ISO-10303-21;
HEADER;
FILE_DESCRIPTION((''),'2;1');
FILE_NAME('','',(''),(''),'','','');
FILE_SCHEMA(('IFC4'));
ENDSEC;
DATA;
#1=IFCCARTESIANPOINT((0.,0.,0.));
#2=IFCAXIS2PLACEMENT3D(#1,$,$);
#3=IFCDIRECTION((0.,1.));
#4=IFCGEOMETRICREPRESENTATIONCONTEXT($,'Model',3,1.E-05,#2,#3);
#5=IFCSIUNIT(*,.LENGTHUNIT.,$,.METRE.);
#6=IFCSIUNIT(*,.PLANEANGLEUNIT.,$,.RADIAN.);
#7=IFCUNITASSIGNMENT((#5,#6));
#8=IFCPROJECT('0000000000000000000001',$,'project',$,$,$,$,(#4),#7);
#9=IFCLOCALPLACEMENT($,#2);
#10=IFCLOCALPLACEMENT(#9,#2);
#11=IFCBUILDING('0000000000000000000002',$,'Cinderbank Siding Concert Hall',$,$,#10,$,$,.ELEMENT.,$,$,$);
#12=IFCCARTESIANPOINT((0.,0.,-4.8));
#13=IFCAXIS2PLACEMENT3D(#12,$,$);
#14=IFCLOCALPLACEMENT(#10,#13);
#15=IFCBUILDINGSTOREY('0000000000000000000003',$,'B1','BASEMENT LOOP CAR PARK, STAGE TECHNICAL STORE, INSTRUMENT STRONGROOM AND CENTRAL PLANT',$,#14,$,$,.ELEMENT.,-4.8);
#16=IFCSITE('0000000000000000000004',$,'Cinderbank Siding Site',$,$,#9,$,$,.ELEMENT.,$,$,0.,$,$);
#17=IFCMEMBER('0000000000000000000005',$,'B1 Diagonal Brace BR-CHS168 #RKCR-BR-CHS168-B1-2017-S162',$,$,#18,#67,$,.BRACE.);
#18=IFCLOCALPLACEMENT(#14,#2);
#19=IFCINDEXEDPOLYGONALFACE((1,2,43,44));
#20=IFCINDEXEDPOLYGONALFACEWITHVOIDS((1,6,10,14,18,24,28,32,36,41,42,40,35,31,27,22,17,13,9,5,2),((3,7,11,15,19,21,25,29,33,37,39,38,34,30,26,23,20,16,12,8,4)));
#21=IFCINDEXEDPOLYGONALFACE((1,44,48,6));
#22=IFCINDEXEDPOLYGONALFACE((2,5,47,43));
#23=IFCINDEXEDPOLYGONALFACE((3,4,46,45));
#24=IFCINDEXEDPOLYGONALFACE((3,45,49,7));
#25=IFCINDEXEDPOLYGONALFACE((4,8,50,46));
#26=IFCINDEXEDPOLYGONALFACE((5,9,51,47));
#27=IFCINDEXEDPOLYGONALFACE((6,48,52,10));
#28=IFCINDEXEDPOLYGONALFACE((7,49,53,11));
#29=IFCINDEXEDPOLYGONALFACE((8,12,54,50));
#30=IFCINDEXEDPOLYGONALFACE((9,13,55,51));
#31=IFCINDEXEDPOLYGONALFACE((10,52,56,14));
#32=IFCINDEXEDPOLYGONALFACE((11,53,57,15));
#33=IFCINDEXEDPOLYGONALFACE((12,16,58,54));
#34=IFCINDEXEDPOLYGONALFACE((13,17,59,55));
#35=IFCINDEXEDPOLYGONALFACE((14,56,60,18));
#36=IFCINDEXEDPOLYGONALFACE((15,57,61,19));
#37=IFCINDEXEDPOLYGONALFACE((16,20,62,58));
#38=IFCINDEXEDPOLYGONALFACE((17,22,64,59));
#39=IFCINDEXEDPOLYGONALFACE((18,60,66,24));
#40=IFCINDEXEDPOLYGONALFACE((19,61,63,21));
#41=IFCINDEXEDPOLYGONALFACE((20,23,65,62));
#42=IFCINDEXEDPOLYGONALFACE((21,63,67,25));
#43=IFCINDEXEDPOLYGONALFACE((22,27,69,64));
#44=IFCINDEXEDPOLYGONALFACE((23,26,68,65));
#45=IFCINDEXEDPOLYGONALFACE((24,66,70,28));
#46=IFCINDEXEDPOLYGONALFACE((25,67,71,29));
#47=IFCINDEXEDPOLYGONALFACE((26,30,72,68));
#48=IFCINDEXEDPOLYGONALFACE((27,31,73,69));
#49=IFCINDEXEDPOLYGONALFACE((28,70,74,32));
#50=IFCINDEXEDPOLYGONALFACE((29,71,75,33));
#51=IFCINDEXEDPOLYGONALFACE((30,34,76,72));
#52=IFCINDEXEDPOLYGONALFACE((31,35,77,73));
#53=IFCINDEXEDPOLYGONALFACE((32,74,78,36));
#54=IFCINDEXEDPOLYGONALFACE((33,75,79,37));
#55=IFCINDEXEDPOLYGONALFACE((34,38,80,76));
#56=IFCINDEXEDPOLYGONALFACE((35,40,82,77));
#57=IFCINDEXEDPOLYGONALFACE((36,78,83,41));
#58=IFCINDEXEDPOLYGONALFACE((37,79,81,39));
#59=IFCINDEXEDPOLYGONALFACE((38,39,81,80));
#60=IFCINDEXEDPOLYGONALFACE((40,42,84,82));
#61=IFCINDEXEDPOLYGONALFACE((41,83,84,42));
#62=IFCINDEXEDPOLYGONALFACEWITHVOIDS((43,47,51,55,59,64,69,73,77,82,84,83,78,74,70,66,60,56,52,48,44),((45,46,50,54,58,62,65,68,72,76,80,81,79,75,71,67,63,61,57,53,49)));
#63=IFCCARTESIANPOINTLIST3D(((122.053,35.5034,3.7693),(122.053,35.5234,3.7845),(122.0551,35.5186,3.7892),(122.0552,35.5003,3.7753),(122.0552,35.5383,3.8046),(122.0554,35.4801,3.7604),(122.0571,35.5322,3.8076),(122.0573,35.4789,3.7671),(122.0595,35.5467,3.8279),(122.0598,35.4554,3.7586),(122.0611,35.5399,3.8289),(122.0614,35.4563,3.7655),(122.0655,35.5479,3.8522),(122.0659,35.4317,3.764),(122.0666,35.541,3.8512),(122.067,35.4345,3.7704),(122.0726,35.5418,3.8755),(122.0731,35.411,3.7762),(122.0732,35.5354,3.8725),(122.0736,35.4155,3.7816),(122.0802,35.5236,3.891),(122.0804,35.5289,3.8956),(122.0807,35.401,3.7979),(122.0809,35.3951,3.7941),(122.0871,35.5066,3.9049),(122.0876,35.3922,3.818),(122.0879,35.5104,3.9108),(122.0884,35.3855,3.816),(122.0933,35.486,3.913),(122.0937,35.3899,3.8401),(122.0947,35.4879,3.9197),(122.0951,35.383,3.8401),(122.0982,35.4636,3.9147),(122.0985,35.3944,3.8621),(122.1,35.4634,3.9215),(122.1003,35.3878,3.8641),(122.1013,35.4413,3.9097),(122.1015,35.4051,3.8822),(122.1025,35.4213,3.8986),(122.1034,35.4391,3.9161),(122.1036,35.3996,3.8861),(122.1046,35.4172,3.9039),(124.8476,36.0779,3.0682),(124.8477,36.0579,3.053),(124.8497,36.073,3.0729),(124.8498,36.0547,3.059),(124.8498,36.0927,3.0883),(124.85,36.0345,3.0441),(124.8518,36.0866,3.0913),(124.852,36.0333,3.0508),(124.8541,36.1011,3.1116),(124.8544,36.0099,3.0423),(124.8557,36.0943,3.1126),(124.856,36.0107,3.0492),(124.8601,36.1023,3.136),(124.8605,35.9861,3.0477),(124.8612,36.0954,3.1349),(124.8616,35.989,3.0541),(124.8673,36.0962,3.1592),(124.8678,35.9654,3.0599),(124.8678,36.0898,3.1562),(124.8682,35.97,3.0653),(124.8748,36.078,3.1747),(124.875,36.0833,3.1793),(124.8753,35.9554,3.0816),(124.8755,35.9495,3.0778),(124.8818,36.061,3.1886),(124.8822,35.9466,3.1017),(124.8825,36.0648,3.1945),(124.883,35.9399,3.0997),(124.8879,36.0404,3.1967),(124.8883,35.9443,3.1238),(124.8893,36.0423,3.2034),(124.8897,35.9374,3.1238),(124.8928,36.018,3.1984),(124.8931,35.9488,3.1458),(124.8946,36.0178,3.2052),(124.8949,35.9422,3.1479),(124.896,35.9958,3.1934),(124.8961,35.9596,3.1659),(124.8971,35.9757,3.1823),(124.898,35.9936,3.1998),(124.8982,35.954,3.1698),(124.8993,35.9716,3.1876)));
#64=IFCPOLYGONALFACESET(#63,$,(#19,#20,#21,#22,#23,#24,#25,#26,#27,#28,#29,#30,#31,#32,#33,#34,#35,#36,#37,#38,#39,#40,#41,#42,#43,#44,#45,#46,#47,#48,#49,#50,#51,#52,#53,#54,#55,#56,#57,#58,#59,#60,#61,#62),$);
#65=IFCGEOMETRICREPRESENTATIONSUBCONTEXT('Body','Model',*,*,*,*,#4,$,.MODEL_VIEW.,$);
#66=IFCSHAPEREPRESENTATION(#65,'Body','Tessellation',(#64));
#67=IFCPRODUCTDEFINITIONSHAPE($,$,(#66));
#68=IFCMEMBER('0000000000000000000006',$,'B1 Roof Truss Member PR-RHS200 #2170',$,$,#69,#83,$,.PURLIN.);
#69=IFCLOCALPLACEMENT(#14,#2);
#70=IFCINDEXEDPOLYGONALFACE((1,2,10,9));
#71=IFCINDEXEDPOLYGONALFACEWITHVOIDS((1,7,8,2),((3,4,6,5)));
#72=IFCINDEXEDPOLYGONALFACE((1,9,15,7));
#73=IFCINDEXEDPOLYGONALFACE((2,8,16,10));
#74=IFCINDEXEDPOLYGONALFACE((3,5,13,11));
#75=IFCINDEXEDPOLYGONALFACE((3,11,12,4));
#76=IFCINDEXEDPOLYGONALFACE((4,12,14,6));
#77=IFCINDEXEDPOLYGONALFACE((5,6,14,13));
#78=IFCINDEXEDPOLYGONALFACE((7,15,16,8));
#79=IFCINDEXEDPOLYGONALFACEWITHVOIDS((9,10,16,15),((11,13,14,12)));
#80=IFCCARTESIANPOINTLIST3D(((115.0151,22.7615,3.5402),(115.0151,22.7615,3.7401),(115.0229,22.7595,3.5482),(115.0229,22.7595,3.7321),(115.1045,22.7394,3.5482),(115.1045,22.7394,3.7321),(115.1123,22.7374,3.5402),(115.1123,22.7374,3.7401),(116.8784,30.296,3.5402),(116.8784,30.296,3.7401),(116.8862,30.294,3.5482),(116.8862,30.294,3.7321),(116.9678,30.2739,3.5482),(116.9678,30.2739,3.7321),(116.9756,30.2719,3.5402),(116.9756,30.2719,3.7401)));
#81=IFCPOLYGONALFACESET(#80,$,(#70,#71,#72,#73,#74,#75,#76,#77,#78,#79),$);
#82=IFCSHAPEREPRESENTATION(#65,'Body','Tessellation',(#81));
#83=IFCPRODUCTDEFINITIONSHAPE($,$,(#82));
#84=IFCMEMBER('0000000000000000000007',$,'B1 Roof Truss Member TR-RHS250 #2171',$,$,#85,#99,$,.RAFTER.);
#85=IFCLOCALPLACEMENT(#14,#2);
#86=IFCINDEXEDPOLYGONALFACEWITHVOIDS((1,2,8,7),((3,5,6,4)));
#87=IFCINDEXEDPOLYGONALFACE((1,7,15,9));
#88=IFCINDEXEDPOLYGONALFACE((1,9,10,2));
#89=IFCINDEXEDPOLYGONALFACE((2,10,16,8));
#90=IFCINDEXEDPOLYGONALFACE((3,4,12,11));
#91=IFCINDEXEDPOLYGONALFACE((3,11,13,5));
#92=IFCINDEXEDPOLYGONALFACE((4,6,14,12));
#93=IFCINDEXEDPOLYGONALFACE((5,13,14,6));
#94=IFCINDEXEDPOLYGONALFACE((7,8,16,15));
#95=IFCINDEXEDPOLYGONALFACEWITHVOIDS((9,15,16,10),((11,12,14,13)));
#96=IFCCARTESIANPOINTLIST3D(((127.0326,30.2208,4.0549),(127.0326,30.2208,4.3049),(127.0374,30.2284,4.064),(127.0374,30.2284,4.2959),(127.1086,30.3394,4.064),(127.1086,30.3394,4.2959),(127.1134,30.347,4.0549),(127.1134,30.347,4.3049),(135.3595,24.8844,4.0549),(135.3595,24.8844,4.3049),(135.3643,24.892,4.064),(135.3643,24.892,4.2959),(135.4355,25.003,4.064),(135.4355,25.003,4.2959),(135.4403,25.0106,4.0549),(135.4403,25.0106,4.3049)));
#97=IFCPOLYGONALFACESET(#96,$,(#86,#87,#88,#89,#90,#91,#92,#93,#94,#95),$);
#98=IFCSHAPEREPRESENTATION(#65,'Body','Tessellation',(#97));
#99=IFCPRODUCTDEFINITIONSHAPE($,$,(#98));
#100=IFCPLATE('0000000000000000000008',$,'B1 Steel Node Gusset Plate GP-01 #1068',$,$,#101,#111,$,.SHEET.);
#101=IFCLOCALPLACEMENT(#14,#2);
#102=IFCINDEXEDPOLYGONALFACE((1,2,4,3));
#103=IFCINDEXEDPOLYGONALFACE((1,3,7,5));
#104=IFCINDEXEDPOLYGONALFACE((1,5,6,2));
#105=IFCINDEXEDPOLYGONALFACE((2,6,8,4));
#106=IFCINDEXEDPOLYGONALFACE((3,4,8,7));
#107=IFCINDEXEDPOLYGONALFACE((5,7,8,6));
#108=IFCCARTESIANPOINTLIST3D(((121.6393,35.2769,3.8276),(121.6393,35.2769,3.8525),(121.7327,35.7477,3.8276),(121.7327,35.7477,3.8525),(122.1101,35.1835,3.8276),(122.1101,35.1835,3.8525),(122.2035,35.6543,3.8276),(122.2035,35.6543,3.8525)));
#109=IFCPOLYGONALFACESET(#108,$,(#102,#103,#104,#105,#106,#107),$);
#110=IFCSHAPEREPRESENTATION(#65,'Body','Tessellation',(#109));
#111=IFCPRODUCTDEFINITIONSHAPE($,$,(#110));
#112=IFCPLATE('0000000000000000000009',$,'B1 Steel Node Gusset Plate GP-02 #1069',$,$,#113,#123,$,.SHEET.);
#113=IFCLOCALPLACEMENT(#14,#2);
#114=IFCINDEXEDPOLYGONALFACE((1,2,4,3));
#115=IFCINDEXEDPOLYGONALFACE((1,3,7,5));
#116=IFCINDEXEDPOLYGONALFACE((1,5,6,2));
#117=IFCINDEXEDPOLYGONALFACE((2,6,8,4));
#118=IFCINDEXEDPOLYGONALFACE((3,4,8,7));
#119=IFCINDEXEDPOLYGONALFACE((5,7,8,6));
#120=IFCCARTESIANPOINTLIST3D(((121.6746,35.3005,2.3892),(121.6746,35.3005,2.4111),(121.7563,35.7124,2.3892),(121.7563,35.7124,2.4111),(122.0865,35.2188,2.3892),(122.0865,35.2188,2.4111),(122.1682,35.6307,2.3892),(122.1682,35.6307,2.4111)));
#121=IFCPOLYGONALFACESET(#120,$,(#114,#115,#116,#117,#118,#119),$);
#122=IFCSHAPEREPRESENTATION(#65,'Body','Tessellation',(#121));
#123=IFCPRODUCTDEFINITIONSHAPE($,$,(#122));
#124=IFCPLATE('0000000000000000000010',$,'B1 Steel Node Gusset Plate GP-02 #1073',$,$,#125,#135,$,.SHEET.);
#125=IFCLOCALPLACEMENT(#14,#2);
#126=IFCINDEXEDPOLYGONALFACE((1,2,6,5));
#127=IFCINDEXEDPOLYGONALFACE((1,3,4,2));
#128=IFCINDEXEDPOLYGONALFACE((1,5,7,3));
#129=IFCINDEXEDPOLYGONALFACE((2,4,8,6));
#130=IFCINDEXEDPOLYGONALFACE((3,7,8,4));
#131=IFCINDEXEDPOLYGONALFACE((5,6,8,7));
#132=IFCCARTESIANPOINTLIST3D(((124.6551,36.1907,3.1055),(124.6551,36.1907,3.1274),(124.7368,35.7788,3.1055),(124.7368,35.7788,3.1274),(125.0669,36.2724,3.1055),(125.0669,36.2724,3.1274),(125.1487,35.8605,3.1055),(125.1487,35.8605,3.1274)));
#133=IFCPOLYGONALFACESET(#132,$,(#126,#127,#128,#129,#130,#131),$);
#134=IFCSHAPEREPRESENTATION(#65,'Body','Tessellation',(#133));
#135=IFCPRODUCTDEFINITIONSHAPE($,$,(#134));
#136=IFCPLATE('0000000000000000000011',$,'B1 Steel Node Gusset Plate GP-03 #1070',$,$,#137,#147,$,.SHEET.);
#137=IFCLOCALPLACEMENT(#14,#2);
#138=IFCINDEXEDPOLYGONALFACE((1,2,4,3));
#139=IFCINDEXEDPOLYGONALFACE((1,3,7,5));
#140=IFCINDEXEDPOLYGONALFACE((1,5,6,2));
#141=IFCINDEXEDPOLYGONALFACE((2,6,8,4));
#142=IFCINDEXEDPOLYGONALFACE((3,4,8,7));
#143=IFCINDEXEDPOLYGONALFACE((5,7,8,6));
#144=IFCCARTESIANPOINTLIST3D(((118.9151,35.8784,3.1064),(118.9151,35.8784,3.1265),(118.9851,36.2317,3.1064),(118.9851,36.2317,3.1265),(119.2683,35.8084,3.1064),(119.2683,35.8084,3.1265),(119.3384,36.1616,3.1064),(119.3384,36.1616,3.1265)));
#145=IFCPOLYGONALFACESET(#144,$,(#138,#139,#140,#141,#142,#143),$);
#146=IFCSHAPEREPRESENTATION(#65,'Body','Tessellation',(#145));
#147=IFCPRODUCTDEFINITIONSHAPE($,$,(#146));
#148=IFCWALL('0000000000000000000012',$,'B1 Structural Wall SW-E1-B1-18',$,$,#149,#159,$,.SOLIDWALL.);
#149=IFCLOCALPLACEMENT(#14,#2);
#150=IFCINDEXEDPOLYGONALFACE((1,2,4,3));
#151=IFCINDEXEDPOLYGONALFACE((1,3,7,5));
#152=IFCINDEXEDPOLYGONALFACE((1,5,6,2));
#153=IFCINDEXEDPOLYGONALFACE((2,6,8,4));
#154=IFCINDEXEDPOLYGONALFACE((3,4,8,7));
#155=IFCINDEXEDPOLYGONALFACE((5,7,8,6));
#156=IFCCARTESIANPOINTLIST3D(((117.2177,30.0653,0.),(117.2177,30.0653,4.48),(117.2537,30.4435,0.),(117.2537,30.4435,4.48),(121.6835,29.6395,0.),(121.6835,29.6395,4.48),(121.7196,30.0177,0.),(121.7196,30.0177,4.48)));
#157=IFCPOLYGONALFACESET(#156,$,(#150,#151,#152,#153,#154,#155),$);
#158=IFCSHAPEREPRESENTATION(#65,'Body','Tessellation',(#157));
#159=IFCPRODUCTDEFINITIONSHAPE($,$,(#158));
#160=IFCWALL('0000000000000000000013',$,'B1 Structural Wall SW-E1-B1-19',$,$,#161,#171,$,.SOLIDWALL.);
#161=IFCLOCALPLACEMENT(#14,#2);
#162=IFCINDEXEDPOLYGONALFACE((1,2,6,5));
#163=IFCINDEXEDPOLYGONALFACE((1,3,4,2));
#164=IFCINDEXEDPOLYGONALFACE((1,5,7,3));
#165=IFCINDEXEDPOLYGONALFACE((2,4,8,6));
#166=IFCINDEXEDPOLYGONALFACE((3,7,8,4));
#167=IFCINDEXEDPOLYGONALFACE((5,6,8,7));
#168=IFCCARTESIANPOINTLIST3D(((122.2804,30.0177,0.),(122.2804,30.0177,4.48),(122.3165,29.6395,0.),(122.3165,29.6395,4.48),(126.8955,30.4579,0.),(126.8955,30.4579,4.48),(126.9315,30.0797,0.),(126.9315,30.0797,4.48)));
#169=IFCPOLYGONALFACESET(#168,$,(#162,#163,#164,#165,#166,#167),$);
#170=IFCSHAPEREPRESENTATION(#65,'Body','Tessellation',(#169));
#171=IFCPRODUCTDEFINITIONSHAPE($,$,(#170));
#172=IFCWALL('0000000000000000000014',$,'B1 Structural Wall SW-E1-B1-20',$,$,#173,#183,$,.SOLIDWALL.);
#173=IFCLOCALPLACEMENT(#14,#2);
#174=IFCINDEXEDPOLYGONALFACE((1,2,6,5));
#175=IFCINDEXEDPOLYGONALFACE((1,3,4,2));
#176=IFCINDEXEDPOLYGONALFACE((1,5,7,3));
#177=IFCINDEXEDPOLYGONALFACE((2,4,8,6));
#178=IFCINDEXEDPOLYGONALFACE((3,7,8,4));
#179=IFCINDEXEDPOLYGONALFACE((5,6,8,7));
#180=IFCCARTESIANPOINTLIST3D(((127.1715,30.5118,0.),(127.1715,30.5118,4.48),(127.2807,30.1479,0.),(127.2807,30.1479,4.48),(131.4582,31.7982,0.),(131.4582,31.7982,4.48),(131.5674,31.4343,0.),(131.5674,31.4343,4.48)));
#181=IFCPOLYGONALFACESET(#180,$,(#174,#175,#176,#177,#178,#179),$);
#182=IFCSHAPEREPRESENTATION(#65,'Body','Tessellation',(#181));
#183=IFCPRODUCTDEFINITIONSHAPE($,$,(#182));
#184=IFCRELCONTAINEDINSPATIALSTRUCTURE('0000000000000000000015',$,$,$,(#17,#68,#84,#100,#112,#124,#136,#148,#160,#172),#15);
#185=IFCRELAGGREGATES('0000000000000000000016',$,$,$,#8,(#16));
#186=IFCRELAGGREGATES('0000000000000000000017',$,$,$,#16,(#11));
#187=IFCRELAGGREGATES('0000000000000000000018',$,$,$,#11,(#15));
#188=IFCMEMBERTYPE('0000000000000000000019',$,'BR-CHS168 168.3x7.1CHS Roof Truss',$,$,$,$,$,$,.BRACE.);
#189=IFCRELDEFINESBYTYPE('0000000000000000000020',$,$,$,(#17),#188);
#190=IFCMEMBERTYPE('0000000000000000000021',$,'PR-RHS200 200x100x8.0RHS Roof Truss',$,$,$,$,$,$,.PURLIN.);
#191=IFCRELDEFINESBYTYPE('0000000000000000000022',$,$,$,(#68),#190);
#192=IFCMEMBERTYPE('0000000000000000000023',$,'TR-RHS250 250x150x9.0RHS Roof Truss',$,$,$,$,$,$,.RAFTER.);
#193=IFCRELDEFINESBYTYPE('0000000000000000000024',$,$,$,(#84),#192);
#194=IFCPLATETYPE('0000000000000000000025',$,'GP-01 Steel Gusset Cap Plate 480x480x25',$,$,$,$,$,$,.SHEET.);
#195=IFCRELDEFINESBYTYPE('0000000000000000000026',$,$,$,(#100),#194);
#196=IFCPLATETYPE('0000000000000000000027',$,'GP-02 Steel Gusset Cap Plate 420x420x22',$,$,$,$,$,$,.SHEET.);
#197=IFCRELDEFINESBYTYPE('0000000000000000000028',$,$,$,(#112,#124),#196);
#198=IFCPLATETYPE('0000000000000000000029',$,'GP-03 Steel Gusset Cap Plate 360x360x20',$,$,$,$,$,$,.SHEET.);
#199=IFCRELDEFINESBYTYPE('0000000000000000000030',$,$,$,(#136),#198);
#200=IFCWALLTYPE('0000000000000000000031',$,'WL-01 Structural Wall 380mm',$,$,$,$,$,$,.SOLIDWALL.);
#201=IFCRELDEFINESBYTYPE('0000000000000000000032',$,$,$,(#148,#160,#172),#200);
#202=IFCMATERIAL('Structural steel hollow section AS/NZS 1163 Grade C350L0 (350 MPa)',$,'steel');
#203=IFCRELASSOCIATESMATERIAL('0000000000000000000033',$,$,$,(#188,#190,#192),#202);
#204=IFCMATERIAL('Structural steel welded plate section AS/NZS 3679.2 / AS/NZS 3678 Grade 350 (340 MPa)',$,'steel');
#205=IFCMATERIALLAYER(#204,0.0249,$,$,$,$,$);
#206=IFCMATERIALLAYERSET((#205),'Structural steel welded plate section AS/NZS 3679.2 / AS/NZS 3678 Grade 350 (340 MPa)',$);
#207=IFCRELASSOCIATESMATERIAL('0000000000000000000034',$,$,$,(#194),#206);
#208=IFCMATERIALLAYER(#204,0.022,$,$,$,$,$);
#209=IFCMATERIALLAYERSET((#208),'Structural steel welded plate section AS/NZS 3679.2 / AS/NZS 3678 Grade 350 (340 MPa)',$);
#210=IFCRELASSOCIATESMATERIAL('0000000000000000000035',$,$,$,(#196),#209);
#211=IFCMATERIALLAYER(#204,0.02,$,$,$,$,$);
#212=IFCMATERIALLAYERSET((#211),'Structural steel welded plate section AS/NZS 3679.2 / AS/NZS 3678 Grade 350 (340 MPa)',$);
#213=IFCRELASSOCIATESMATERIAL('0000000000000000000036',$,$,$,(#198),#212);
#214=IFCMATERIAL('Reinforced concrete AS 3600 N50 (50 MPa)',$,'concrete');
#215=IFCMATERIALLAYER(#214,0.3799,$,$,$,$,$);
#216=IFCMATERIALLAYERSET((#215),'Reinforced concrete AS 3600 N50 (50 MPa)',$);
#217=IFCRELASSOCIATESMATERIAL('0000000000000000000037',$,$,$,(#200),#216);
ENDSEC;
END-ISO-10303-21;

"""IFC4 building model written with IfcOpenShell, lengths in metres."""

from ifc_helpers import new_model, si_unit, direction, frame, frame_2d, origin, origin_2d, place, context, subcontext, project, spatial, rectangle, hollow_rectangle, hollow_circle, extrude, material, layer, layer_set, material_profile, profile_set, type_object, element, save


model = new_model("IFC4")

# Units and contexts
model_context = context("Model", 3, precision=1e-05, world=origin(), true_north=direction((0.0, 1.0)))
body_context = subcontext(model_context, "Body", "Model", "MODEL_VIEW")
ifc_project = project(units=[si_unit("LENGTHUNIT", "METRE"), si_unit("PLANEANGLEUNIT", "RADIAN")], contexts=[model_context])

# Site, building, storey
site_placement = place(None, origin())
site = spatial("IfcSite", under=ifc_project, at=site_placement, Name="Cinderbank Siding Site", CompositionType="ELEMENT", RefElevation=0.0)
building_placement = place(site_placement, origin())
building = spatial("IfcBuilding", under=site, at=building_placement, Name="Cinderbank Siding Concert Hall", CompositionType="ELEMENT")
storey_placement = place(building_placement, frame((0.0, 0.0, -4.8)))
storey = spatial("IfcBuildingStorey", under=building, at=storey_placement, Name="B1", Description="BASEMENT LOOP CAR PARK, STAGE TECHNICAL STORE, INSTRUMENT STRONGROOM AND CENTRAL PLANT", CompositionType="ELEMENT", Elevation=-4.8)

# Shared definitions
ifc_material_1 = material(Name="Reinforced concrete AS 3600 N50 (50 MPa)", Category="concrete")
ifc_material_2 = material(Name="Structural steel welded plate section AS/NZS 3679.2 / AS/NZS 3678 Grade 350 (340 MPa)", Category="steel")

# Members
ifc_material_3 = material(Name="Structural steel hollow section AS/NZS 1163 Grade C350L0 (350 MPa)", Category="steel")
ifc_material_profile_1 = material_profile(ifc_material_3, hollow_circle(Radius=0.0842, WallThickness=0.0071, at=origin_2d()), Name="168.3x7.1CHS", Category="LoadBearing")
ifc_profile_set_1 = profile_set([ifc_material_profile_1], Name="Structural steel hollow section AS/NZS 1163 Grade C350L0 (350 MPa)")
member_type_1 = type_object("IfcMemberType", Name="BR-CHS168 168.3x7.1CHS Roof Truss", PredefinedType="BRACE", material=ifc_profile_set_1)
for number, where, z_axis, x_axis, name in (
    (1, (124.8733, 36.02, 3.1238), (-0.951279, -0.188727, 0.243824), (0.1946, -0.980883, 0.0), "B1 Diagonal Brace BR-CHS168 #RKCR-BR-CHS168-B1-2017-S162"),
):
    element("IfcMember", number, at=place(storey_placement, frame(where, z_axis=z_axis, x_axis=x_axis)), inside=storey, type_object=member_type_1, Name=name, PredefinedType="BRACE", context=body_context, shape_type="SweptSolid", body=[
        extrude(hollow_circle(Radius=0.0842, WallThickness=0.0071, at=origin_2d()), origin(), (0.0, 0.0, 1.0), 2.9377),
    ])
ifc_material_profile_2 = material_profile(ifc_material_3, hollow_rectangle(XDim=0.1001, YDim=0.2, WallThickness=0.0081, at=origin_2d()), Name="200x100x8.0RHS", Category="LoadBearing")
ifc_profile_set_2 = profile_set([ifc_material_profile_2], Name="Structural steel hollow section AS/NZS 1163 Grade C350L0 (350 MPa)")
member_type_2 = type_object("IfcMemberType", Name="PR-RHS200 200x100x8.0RHS Roof Truss", PredefinedType="PURLIN", material=ifc_profile_set_2)
member_1_placement = place(storey_placement, frame((116.927, 30.2839, 3.6401), z_axis=(-0.24007, -0.970756, 0.0), x_axis=(0.970756, -0.24007, 0.0)))
element("IfcMember", 2, at=member_1_placement, inside=storey, type_object=member_type_2, Name="B1 Roof Truss Member PR-RHS200 #2170", PredefinedType="PURLIN", context=body_context, shape_type="SweptSolid", body=[
    extrude(hollow_rectangle(XDim=0.1001, YDim=0.2, WallThickness=0.0081, at=origin_2d()), origin(), (0.0, 0.0, 1.0), 7.7615),
])
ifc_material_profile_3 = material_profile(ifc_material_3, hollow_rectangle(XDim=0.1499, YDim=0.25, WallThickness=0.009, at=origin_2d()), Name="250x150x9.0RHS", Category="LoadBearing")
ifc_profile_set_3 = profile_set([ifc_material_profile_3], Name="Structural steel hollow section AS/NZS 1163 Grade C350L0 (350 MPa)")
member_type_3 = type_object("IfcMemberType", Name="TR-RHS250 250x150x9.0RHS Roof Truss", PredefinedType="RAFTER", material=ifc_profile_set_3)
member_2_placement = place(storey_placement, frame((127.073, 30.2839, 4.1799), z_axis=(0.84194, -0.539571, 0.0), x_axis=(0.539571, 0.84194, 0.0)))
element("IfcMember", 3, at=member_2_placement, inside=storey, type_object=member_type_3, Name="B1 Roof Truss Member TR-RHS250 #2171", PredefinedType="RAFTER", context=body_context, shape_type="SweptSolid", body=[
    extrude(hollow_rectangle(XDim=0.1499, YDim=0.25, WallThickness=0.009, at=origin_2d()), origin(), (0.0, 0.0, 1.0), 9.8901),
])

# Plates
ifc_layer_1 = layer(ifc_material_2, 0.0249)
ifc_layer_set_1 = layer_set([ifc_layer_1], Name="Structural steel welded plate section AS/NZS 3679.2 / AS/NZS 3678 Grade 350 (340 MPa)")
plate_type_1 = type_object("IfcPlateType", Name="GP-01 Steel Gusset Cap Plate 480x480x25", PredefinedType="SHEET", material=ifc_layer_set_1)
plate_1_placement = place(storey_placement, frame((121.9214, 35.4656, 3.8276), z_axis=(0.0, 0.0, 1.0), x_axis=(0.980887, -0.194577, 0.0)))
element("IfcPlate", 4, at=plate_1_placement, inside=storey, type_object=plate_type_1, Name="B1 Steel Node Gusset Plate GP-01 #1068", PredefinedType="SHEET", context=body_context, shape_type="SweptSolid", body=[
    extrude(rectangle(XDim=0.48, YDim=0.48, at=origin_2d()), origin(), (0.0, 0.0, 1.0), 0.0249),
])
ifc_layer_2 = layer(ifc_material_2, 0.022)
ifc_layer_set_2 = layer_set([ifc_layer_2], Name="Structural steel welded plate section AS/NZS 3679.2 / AS/NZS 3678 Grade 350 (340 MPa)")
plate_type_2 = type_object("IfcPlateType", Name="GP-02 Steel Gusset Cap Plate 420x420x22", PredefinedType="SHEET", material=ifc_layer_set_2)
for number, where, z_axis, x_axis, name in (
    (5, (121.9214, 35.4656, 2.3892), (0.0, 0.0, 1.0), (-0.980887, 0.194577, 0.0), "B1 Steel Node Gusset Plate GP-02 #1069"),
    (6, (124.9019, 36.0256, 3.1055), (0.0, 0.0, 1.0), (-0.980887, -0.194577, 0.0), "B1 Steel Node Gusset Plate GP-02 #1073"),
):
    element("IfcPlate", number, at=place(storey_placement, frame(where, z_axis=z_axis, x_axis=x_axis)), inside=storey, type_object=plate_type_2, Name=name, PredefinedType="SHEET", context=body_context, shape_type="SweptSolid", body=[
        extrude(rectangle(XDim=0.4199, YDim=0.4199, at=origin_2d()), origin(), (0.0, 0.0, 1.0), 0.022),
    ])
ifc_layer_3 = layer(ifc_material_2, 0.02)
ifc_layer_set_3 = layer_set([ifc_layer_3], Name="Structural steel welded plate section AS/NZS 3679.2 / AS/NZS 3678 Grade 350 (340 MPa)")
plate_type_3 = type_object("IfcPlateType", Name="GP-03 Steel Gusset Cap Plate 360x360x20", PredefinedType="SHEET", material=ifc_layer_set_3)
plate_2_placement = place(storey_placement, frame((119.1267, 36.02, 3.1064), z_axis=(0.0, 0.0, 1.0), x_axis=(-0.980887, 0.194577, 0.0)))
element("IfcPlate", 7, at=plate_2_placement, inside=storey, type_object=plate_type_3, Name="B1 Steel Node Gusset Plate GP-03 #1070", PredefinedType="SHEET", context=body_context, shape_type="SweptSolid", body=[
    extrude(rectangle(XDim=0.3601, YDim=0.3601, at=origin_2d()), origin(), (0.0, 0.0, 1.0), 0.02),
])

# Walls
ifc_layer_4 = layer(ifc_material_1, 0.3799)
ifc_layer_set_4 = layer_set([ifc_layer_4], Name="Reinforced concrete AS 3600 N50 (50 MPa)")
wall_type_1 = type_object("IfcWallType", Name="WL-01 Structural Wall 380mm", PredefinedType="SOLIDWALL", material=ifc_layer_set_4)
wall_1_placement = place(storey_placement, frame((117.2356, 30.2544, 0.0), z_axis=(0.0, 0.0, 1.0), x_axis=(0.995486, -0.094912, 0.0)))
element("IfcWall", 8, at=wall_1_placement, inside=storey, type_object=wall_type_1, Name="B1 Structural Wall SW-E1-B1-18", PredefinedType="SOLIDWALL", context=body_context, shape_type="SweptSolid", body=[
    extrude(rectangle(XDim=4.4861, YDim=0.3799, at=frame_2d((2.2432, 0.0))), origin(), (0.0, 0.0, 1.0), 4.48),
])
wall_2_placement = place(storey_placement, frame((122.2986, 29.8286, 0.0), z_axis=(0.0, 0.0, 1.0), x_axis=(0.995482, 0.094951, 0.0)))
element("IfcWall", 9, at=wall_2_placement, inside=storey, type_object=wall_type_1, Name="B1 Structural Wall SW-E1-B1-19", PredefinedType="SOLIDWALL", context=body_context, shape_type="SweptSolid", body=[
    extrude(rectangle(XDim=4.636, YDim=0.3799, at=frame_2d((2.3179, 0.0))), origin(), (0.0, 0.0, 1.0), 4.48),
])
wall_3_placement = place(storey_placement, frame((127.2261, 30.3298, 0.0), z_axis=(0.0, 0.0, 1.0), x_axis=(0.957802, 0.287428, 0.0)))
element("IfcWall", 10, at=wall_3_placement, inside=storey, type_object=wall_type_1, Name="B1 Structural Wall SW-E1-B1-20", PredefinedType="SOLIDWALL", context=body_context, shape_type="SweptSolid", body=[
    extrude(rectangle(XDim=4.4756, YDim=0.3799, at=frame_2d((2.2378, 0.0))), origin(), (0.0, 0.0, 1.0), 4.48),
])

save(model, "model.ifc")
